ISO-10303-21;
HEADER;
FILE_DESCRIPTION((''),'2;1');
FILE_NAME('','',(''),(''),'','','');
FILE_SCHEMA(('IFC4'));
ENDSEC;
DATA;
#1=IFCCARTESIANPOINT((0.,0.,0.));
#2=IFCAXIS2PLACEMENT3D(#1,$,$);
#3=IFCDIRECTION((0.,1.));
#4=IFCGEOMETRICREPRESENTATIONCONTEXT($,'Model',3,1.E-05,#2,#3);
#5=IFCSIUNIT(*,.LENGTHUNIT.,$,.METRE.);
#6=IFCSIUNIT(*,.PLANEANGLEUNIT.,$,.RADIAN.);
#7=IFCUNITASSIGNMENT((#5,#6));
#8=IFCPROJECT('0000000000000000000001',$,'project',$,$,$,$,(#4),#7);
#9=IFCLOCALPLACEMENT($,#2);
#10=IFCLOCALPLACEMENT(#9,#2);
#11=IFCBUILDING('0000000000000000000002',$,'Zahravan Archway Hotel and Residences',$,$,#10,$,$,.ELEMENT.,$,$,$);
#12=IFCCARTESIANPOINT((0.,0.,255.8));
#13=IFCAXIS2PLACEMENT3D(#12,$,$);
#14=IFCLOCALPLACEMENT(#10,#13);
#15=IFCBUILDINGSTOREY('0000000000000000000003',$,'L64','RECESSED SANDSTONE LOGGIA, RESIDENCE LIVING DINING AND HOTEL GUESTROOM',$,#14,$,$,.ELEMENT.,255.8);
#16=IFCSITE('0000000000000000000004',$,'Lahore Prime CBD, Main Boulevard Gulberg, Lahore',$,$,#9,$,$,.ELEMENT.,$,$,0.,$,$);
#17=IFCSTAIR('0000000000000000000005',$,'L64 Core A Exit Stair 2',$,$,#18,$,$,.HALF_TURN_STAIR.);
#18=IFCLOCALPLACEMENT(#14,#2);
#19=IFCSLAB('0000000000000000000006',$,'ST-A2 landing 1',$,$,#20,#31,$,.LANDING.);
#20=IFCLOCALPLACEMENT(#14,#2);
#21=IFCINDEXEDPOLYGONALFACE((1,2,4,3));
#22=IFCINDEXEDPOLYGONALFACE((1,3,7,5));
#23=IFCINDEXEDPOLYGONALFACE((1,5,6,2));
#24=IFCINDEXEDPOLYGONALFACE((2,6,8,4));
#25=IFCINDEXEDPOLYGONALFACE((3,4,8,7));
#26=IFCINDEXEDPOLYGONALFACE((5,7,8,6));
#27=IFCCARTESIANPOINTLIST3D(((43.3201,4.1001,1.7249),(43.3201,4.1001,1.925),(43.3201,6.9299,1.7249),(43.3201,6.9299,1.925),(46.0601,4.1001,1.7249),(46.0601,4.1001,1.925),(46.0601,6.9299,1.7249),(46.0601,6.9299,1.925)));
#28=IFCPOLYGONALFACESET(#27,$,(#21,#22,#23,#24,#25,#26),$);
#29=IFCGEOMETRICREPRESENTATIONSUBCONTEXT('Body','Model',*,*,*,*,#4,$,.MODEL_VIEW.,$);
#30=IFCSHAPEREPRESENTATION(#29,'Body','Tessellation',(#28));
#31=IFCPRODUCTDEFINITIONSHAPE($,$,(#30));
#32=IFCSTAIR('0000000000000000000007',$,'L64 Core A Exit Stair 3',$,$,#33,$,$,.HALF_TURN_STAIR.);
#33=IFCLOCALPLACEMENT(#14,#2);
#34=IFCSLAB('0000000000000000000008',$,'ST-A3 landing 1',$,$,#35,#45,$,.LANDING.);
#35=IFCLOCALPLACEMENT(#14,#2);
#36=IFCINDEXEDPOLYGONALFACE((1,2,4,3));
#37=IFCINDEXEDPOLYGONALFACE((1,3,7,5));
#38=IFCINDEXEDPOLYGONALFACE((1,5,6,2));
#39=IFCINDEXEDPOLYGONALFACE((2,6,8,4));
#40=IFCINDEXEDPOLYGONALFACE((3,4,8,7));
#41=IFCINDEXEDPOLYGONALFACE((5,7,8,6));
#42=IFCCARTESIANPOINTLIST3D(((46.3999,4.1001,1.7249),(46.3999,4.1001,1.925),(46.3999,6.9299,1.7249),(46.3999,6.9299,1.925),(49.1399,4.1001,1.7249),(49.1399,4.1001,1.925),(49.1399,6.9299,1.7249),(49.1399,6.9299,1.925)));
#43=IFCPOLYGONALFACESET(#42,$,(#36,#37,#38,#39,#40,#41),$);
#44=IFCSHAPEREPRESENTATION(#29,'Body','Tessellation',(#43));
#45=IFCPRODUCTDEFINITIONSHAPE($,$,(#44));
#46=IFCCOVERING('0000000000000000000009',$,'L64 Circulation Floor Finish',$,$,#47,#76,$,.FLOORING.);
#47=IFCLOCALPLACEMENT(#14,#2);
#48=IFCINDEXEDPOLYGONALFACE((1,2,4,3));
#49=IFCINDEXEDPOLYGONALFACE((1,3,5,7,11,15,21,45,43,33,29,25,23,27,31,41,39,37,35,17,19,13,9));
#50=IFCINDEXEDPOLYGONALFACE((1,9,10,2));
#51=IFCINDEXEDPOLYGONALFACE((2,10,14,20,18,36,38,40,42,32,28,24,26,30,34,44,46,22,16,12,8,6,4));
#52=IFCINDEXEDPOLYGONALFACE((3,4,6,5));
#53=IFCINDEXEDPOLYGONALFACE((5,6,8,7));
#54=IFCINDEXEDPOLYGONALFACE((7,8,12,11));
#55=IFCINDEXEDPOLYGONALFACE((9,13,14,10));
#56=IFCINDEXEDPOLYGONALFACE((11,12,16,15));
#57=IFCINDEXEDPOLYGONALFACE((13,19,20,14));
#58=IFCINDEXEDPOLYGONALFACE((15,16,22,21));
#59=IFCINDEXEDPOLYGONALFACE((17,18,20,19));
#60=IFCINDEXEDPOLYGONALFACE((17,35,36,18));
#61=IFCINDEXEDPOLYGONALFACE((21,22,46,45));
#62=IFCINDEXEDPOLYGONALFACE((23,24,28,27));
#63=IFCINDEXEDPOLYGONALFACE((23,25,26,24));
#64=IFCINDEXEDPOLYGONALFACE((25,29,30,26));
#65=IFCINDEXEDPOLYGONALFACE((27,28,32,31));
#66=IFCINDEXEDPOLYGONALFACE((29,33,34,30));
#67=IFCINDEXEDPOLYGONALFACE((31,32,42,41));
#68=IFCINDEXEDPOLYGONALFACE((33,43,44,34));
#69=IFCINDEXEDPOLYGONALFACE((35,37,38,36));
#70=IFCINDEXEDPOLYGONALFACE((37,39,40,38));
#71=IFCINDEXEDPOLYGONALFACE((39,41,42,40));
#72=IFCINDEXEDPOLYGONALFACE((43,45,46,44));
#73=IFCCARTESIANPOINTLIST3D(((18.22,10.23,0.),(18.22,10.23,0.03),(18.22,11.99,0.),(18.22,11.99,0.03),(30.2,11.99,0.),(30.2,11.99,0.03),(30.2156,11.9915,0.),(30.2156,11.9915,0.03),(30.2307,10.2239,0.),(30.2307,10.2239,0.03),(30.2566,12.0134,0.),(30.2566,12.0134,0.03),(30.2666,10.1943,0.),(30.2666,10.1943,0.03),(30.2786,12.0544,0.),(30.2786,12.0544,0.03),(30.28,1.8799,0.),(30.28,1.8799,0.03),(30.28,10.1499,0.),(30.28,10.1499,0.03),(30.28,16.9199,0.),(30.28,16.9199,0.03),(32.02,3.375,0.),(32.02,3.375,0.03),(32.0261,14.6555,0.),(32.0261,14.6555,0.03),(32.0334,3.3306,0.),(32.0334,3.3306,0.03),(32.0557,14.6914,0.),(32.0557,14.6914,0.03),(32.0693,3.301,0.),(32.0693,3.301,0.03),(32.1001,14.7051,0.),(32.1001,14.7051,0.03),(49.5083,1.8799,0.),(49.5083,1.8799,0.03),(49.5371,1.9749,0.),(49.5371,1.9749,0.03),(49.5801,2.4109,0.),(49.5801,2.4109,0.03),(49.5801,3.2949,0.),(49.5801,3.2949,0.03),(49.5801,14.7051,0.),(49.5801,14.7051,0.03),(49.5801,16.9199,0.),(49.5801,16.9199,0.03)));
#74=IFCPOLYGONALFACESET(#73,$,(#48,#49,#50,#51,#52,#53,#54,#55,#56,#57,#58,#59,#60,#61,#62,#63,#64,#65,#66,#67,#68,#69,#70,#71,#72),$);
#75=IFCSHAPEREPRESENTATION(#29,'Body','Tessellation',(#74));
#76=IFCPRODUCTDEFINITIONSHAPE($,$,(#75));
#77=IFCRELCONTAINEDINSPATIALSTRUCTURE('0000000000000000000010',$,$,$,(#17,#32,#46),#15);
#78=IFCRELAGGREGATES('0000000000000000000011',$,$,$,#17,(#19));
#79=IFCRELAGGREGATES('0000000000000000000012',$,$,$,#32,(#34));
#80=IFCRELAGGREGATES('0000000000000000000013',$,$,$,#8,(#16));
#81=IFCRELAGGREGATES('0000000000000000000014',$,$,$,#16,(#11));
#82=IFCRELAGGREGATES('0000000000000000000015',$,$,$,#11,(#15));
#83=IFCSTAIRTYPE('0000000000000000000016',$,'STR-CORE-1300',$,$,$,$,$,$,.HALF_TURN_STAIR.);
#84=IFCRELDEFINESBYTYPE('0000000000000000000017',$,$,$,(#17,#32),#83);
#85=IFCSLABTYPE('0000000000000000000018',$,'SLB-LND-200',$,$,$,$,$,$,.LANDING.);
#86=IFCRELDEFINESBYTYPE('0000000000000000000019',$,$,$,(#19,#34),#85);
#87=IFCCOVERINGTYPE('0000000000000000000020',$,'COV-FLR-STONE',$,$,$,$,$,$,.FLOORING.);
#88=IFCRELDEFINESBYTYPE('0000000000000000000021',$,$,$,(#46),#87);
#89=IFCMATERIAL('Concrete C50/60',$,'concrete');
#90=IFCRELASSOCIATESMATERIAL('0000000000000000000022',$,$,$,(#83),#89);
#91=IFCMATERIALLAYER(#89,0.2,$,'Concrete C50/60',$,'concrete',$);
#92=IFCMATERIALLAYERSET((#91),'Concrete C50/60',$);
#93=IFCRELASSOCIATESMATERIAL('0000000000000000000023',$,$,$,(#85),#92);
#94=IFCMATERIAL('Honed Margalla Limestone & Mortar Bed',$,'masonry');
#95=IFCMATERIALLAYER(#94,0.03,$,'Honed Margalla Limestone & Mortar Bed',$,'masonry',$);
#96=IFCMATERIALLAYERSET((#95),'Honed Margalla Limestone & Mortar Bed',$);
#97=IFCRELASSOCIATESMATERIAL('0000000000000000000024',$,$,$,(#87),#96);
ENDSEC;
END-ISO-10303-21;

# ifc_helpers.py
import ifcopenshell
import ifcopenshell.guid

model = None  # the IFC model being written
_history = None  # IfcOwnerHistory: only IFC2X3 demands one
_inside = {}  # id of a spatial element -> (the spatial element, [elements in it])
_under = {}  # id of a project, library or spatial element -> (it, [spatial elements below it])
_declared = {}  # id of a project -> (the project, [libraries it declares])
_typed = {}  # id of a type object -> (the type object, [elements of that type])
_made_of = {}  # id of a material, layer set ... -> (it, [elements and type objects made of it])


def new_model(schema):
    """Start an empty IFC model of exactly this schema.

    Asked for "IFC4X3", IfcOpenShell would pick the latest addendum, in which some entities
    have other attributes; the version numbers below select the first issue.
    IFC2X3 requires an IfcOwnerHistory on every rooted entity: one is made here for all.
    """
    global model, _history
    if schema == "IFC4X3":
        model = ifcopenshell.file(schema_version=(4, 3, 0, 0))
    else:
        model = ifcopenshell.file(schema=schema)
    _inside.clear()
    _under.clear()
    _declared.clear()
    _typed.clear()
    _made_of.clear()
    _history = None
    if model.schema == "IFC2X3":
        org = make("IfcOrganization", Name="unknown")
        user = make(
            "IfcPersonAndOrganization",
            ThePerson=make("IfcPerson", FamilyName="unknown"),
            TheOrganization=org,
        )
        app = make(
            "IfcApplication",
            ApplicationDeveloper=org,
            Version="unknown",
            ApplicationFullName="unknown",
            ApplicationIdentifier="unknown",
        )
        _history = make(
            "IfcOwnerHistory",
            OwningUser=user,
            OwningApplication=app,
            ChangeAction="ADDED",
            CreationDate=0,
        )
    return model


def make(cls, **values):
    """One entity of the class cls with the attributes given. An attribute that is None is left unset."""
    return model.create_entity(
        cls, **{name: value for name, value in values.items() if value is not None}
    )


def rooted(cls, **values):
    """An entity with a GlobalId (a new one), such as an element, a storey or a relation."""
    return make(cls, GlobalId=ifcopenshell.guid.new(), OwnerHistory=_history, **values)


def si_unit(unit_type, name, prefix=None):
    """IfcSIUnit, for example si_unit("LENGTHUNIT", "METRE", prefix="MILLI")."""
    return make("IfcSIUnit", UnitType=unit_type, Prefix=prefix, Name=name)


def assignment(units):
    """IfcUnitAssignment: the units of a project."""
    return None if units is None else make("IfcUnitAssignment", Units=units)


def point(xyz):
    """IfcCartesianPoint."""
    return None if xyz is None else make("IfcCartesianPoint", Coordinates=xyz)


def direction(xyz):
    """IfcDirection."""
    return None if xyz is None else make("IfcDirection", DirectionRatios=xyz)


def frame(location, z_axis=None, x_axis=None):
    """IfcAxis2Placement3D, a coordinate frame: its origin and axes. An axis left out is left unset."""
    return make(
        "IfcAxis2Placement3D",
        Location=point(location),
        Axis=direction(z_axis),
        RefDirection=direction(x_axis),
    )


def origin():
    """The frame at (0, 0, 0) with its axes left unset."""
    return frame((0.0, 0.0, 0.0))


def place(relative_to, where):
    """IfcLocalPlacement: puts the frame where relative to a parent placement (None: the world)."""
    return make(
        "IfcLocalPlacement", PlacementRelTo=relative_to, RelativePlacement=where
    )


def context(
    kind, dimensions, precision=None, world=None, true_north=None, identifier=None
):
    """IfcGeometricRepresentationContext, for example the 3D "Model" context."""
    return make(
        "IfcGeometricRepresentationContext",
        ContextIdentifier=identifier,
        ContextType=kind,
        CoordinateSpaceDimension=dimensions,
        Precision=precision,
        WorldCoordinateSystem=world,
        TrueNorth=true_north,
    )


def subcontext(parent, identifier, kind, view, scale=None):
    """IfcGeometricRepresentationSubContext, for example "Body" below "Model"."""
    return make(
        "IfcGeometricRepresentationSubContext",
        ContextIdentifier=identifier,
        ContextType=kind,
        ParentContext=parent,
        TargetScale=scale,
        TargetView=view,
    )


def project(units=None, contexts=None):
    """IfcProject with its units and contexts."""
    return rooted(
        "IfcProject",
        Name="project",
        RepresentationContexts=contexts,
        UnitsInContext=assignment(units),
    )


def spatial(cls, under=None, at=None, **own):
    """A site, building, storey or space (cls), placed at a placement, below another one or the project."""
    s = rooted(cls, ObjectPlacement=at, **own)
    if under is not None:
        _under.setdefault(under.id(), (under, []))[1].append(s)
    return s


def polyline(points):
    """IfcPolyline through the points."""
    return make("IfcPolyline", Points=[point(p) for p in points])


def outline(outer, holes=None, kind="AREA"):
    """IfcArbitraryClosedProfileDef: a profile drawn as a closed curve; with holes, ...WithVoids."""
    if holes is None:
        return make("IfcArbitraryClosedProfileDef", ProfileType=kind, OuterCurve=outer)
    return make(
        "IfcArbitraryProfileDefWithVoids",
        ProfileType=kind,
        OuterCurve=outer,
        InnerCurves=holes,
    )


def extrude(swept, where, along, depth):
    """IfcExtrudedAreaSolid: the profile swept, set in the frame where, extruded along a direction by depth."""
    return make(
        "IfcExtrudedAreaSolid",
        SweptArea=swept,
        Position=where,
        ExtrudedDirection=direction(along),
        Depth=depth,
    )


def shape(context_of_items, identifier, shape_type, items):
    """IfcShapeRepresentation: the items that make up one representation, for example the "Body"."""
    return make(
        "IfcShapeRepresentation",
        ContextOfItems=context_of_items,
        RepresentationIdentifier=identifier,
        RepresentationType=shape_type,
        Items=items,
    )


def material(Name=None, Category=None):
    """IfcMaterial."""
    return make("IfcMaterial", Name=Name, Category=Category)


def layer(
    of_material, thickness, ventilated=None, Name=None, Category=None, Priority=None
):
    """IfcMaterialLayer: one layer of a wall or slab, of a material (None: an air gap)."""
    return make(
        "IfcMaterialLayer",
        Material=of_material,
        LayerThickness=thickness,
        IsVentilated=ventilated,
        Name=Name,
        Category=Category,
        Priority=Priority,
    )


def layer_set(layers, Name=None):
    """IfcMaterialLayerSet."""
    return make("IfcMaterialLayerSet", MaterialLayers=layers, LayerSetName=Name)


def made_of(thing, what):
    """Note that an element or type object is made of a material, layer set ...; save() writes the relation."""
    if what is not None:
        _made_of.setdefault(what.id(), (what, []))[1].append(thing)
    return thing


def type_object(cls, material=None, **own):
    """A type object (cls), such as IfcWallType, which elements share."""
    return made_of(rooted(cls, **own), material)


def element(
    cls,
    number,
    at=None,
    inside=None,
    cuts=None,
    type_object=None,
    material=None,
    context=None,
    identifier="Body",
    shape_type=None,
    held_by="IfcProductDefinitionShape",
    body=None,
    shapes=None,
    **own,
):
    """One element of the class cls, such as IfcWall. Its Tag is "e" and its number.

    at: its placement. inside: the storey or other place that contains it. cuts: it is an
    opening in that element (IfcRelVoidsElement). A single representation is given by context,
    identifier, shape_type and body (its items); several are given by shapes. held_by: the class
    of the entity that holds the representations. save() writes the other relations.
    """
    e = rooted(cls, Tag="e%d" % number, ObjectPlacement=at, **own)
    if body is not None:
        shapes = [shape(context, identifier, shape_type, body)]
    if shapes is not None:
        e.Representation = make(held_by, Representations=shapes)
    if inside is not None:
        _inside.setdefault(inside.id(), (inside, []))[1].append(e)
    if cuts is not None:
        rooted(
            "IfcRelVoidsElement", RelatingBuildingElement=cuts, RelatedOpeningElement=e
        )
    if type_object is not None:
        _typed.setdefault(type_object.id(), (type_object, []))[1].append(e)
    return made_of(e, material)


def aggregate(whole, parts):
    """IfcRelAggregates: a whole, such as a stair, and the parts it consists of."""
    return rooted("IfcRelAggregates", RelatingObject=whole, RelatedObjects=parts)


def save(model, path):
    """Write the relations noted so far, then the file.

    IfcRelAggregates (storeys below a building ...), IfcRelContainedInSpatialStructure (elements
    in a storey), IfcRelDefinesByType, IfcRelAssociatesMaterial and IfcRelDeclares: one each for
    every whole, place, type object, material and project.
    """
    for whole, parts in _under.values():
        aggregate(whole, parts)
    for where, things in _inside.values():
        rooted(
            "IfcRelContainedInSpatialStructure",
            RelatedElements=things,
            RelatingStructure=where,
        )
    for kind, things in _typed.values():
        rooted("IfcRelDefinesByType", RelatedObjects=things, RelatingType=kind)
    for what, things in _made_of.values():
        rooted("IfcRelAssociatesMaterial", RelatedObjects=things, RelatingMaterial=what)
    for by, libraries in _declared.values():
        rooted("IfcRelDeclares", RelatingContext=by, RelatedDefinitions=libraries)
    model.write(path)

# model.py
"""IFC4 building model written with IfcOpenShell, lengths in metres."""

from ifc_helpers import new_model, si_unit, direction, frame, origin, place, context, subcontext, project, spatial, polyline, outline, extrude, material, layer, layer_set, type_object, element, aggregate, save


model = new_model("IFC4")

# Units and contexts
model_context = context("Model", 3, precision=1e-05, world=origin(), true_north=direction((0.0, 1.0)))
body_context = subcontext(model_context, "Body", "Model", "MODEL_VIEW")
ifc_project = project(units=[si_unit("LENGTHUNIT", "METRE"), si_unit("PLANEANGLEUNIT", "RADIAN")], contexts=[model_context])

# Site, building, storey
site_placement = place(None, origin())
site = spatial("IfcSite", under=ifc_project, at=site_placement, Name="Lahore Prime CBD, Main Boulevard Gulberg, Lahore", CompositionType="ELEMENT", RefElevation=0.0)
building_placement = place(site_placement, origin())
building = spatial("IfcBuilding", under=site, at=building_placement, Name="Zahravan Archway Hotel and Residences", CompositionType="ELEMENT")
storey_placement = place(building_placement, frame((0.0, 0.0, 255.8)))
storey = spatial("IfcBuildingStorey", under=building, at=storey_placement, Name="L64", Description="RECESSED SANDSTONE LOGGIA, RESIDENCE LIVING DINING AND HOTEL GUESTROOM", CompositionType="ELEMENT", Elevation=255.8)

# Stairs, slabs
ifc_material_1 = material(Name="Concrete C50/60", Category="concrete")
stair_type = type_object("IfcStairType", Name="STR-CORE-1300", PredefinedType="HALF_TURN_STAIR", material=ifc_material_1)
ifc_layer_1 = layer(ifc_material_1, 0.2, Name="Concrete C50/60", Category="concrete")
ifc_layer_set_1 = layer_set([ifc_layer_1], Name="Concrete C50/60")
slab_type_1 = type_object("IfcSlabType", Name="SLB-LND-200", PredefinedType="LANDING", material=ifc_layer_set_1)
stair_1_placement = place(storey_placement, origin())
stair_1 = element("IfcStair", 1, at=stair_1_placement, inside=storey, type_object=stair_type, Name="L64 Core A Exit Stair 2", PredefinedType="HALF_TURN_STAIR")
slab_1_placement = place(storey_placement, frame((0.0, 0.0, 1.7249)))
slab_1 = element("IfcSlab", 2, at=slab_1_placement, type_object=slab_type_1, Name="ST-A2 landing 1", PredefinedType="LANDING", context=body_context, shape_type="SweptSolid", body=[
    extrude(outline(polyline([(43.3201, 6.9299), (43.3201, 4.1001), (46.0601, 4.1001), (46.0601, 6.9299), (43.3201, 6.9299)])), origin(), (0.0, 0.0, 1.0), 0.2002),
])
aggregate(stair_1, [slab_1])
stair_2_placement = place(storey_placement, origin())
stair_2 = element("IfcStair", 3, at=stair_2_placement, inside=storey, type_object=stair_type, Name="L64 Core A Exit Stair 3", PredefinedType="HALF_TURN_STAIR")
slab_2_placement = place(storey_placement, frame((0.0, 0.0, 1.7249)))
slab_2 = element("IfcSlab", 4, at=slab_2_placement, type_object=slab_type_1, Name="ST-A3 landing 1", PredefinedType="LANDING", context=body_context, shape_type="SweptSolid", body=[
    extrude(outline(polyline([(46.3999, 6.9299), (46.3999, 4.1001), (49.1399, 4.1001), (49.1399, 6.9299), (46.3999, 6.9299)])), origin(), (0.0, 0.0, 1.0), 0.2002),
])
aggregate(stair_2, [slab_2])

# Covering
ifc_material_2 = material(Name="Honed Margalla Limestone & Mortar Bed", Category="masonry")
ifc_layer_2 = layer(ifc_material_2, 0.03, Name="Honed Margalla Limestone & Mortar Bed", Category="masonry")
ifc_layer_set_2 = layer_set([ifc_layer_2], Name="Honed Margalla Limestone & Mortar Bed")
covering_type = type_object("IfcCoveringType", Name="COV-FLR-STONE", PredefinedType="FLOORING", material=ifc_layer_set_2)
covering_placement = place(storey_placement, origin())
element("IfcCovering", 5, at=covering_placement, inside=storey, type_object=covering_type, Name="L64 Circulation Floor Finish", PredefinedType="FLOORING", context=body_context, shape_type="SweptSolid", body=[
    extrude(outline(polyline([(30.2156, 11.9915), (30.2566, 12.0134), (30.2786, 12.0544), (30.28, 16.9199), (49.5801, 16.9199), (49.5801, 14.7051), (32.1001, 14.7051), (32.0557, 14.6914), (32.0261, 14.6555), (32.02, 3.375), (32.0334, 3.3306), (32.0693, 3.301), (49.5801, 3.2949), (49.5801, 2.4109), (49.5371, 1.9749), (49.5083, 1.8799), (30.28, 1.8799), (30.28, 10.1499), (30.2666, 10.1943), (30.2307, 10.2239), (18.22, 10.23), (18.22, 11.99), (30.2, 11.99), (30.2156, 11.9915)])), origin(), (0.0, 0.0, 1.0), 0.03),
])

save(model, "model.ifc")
